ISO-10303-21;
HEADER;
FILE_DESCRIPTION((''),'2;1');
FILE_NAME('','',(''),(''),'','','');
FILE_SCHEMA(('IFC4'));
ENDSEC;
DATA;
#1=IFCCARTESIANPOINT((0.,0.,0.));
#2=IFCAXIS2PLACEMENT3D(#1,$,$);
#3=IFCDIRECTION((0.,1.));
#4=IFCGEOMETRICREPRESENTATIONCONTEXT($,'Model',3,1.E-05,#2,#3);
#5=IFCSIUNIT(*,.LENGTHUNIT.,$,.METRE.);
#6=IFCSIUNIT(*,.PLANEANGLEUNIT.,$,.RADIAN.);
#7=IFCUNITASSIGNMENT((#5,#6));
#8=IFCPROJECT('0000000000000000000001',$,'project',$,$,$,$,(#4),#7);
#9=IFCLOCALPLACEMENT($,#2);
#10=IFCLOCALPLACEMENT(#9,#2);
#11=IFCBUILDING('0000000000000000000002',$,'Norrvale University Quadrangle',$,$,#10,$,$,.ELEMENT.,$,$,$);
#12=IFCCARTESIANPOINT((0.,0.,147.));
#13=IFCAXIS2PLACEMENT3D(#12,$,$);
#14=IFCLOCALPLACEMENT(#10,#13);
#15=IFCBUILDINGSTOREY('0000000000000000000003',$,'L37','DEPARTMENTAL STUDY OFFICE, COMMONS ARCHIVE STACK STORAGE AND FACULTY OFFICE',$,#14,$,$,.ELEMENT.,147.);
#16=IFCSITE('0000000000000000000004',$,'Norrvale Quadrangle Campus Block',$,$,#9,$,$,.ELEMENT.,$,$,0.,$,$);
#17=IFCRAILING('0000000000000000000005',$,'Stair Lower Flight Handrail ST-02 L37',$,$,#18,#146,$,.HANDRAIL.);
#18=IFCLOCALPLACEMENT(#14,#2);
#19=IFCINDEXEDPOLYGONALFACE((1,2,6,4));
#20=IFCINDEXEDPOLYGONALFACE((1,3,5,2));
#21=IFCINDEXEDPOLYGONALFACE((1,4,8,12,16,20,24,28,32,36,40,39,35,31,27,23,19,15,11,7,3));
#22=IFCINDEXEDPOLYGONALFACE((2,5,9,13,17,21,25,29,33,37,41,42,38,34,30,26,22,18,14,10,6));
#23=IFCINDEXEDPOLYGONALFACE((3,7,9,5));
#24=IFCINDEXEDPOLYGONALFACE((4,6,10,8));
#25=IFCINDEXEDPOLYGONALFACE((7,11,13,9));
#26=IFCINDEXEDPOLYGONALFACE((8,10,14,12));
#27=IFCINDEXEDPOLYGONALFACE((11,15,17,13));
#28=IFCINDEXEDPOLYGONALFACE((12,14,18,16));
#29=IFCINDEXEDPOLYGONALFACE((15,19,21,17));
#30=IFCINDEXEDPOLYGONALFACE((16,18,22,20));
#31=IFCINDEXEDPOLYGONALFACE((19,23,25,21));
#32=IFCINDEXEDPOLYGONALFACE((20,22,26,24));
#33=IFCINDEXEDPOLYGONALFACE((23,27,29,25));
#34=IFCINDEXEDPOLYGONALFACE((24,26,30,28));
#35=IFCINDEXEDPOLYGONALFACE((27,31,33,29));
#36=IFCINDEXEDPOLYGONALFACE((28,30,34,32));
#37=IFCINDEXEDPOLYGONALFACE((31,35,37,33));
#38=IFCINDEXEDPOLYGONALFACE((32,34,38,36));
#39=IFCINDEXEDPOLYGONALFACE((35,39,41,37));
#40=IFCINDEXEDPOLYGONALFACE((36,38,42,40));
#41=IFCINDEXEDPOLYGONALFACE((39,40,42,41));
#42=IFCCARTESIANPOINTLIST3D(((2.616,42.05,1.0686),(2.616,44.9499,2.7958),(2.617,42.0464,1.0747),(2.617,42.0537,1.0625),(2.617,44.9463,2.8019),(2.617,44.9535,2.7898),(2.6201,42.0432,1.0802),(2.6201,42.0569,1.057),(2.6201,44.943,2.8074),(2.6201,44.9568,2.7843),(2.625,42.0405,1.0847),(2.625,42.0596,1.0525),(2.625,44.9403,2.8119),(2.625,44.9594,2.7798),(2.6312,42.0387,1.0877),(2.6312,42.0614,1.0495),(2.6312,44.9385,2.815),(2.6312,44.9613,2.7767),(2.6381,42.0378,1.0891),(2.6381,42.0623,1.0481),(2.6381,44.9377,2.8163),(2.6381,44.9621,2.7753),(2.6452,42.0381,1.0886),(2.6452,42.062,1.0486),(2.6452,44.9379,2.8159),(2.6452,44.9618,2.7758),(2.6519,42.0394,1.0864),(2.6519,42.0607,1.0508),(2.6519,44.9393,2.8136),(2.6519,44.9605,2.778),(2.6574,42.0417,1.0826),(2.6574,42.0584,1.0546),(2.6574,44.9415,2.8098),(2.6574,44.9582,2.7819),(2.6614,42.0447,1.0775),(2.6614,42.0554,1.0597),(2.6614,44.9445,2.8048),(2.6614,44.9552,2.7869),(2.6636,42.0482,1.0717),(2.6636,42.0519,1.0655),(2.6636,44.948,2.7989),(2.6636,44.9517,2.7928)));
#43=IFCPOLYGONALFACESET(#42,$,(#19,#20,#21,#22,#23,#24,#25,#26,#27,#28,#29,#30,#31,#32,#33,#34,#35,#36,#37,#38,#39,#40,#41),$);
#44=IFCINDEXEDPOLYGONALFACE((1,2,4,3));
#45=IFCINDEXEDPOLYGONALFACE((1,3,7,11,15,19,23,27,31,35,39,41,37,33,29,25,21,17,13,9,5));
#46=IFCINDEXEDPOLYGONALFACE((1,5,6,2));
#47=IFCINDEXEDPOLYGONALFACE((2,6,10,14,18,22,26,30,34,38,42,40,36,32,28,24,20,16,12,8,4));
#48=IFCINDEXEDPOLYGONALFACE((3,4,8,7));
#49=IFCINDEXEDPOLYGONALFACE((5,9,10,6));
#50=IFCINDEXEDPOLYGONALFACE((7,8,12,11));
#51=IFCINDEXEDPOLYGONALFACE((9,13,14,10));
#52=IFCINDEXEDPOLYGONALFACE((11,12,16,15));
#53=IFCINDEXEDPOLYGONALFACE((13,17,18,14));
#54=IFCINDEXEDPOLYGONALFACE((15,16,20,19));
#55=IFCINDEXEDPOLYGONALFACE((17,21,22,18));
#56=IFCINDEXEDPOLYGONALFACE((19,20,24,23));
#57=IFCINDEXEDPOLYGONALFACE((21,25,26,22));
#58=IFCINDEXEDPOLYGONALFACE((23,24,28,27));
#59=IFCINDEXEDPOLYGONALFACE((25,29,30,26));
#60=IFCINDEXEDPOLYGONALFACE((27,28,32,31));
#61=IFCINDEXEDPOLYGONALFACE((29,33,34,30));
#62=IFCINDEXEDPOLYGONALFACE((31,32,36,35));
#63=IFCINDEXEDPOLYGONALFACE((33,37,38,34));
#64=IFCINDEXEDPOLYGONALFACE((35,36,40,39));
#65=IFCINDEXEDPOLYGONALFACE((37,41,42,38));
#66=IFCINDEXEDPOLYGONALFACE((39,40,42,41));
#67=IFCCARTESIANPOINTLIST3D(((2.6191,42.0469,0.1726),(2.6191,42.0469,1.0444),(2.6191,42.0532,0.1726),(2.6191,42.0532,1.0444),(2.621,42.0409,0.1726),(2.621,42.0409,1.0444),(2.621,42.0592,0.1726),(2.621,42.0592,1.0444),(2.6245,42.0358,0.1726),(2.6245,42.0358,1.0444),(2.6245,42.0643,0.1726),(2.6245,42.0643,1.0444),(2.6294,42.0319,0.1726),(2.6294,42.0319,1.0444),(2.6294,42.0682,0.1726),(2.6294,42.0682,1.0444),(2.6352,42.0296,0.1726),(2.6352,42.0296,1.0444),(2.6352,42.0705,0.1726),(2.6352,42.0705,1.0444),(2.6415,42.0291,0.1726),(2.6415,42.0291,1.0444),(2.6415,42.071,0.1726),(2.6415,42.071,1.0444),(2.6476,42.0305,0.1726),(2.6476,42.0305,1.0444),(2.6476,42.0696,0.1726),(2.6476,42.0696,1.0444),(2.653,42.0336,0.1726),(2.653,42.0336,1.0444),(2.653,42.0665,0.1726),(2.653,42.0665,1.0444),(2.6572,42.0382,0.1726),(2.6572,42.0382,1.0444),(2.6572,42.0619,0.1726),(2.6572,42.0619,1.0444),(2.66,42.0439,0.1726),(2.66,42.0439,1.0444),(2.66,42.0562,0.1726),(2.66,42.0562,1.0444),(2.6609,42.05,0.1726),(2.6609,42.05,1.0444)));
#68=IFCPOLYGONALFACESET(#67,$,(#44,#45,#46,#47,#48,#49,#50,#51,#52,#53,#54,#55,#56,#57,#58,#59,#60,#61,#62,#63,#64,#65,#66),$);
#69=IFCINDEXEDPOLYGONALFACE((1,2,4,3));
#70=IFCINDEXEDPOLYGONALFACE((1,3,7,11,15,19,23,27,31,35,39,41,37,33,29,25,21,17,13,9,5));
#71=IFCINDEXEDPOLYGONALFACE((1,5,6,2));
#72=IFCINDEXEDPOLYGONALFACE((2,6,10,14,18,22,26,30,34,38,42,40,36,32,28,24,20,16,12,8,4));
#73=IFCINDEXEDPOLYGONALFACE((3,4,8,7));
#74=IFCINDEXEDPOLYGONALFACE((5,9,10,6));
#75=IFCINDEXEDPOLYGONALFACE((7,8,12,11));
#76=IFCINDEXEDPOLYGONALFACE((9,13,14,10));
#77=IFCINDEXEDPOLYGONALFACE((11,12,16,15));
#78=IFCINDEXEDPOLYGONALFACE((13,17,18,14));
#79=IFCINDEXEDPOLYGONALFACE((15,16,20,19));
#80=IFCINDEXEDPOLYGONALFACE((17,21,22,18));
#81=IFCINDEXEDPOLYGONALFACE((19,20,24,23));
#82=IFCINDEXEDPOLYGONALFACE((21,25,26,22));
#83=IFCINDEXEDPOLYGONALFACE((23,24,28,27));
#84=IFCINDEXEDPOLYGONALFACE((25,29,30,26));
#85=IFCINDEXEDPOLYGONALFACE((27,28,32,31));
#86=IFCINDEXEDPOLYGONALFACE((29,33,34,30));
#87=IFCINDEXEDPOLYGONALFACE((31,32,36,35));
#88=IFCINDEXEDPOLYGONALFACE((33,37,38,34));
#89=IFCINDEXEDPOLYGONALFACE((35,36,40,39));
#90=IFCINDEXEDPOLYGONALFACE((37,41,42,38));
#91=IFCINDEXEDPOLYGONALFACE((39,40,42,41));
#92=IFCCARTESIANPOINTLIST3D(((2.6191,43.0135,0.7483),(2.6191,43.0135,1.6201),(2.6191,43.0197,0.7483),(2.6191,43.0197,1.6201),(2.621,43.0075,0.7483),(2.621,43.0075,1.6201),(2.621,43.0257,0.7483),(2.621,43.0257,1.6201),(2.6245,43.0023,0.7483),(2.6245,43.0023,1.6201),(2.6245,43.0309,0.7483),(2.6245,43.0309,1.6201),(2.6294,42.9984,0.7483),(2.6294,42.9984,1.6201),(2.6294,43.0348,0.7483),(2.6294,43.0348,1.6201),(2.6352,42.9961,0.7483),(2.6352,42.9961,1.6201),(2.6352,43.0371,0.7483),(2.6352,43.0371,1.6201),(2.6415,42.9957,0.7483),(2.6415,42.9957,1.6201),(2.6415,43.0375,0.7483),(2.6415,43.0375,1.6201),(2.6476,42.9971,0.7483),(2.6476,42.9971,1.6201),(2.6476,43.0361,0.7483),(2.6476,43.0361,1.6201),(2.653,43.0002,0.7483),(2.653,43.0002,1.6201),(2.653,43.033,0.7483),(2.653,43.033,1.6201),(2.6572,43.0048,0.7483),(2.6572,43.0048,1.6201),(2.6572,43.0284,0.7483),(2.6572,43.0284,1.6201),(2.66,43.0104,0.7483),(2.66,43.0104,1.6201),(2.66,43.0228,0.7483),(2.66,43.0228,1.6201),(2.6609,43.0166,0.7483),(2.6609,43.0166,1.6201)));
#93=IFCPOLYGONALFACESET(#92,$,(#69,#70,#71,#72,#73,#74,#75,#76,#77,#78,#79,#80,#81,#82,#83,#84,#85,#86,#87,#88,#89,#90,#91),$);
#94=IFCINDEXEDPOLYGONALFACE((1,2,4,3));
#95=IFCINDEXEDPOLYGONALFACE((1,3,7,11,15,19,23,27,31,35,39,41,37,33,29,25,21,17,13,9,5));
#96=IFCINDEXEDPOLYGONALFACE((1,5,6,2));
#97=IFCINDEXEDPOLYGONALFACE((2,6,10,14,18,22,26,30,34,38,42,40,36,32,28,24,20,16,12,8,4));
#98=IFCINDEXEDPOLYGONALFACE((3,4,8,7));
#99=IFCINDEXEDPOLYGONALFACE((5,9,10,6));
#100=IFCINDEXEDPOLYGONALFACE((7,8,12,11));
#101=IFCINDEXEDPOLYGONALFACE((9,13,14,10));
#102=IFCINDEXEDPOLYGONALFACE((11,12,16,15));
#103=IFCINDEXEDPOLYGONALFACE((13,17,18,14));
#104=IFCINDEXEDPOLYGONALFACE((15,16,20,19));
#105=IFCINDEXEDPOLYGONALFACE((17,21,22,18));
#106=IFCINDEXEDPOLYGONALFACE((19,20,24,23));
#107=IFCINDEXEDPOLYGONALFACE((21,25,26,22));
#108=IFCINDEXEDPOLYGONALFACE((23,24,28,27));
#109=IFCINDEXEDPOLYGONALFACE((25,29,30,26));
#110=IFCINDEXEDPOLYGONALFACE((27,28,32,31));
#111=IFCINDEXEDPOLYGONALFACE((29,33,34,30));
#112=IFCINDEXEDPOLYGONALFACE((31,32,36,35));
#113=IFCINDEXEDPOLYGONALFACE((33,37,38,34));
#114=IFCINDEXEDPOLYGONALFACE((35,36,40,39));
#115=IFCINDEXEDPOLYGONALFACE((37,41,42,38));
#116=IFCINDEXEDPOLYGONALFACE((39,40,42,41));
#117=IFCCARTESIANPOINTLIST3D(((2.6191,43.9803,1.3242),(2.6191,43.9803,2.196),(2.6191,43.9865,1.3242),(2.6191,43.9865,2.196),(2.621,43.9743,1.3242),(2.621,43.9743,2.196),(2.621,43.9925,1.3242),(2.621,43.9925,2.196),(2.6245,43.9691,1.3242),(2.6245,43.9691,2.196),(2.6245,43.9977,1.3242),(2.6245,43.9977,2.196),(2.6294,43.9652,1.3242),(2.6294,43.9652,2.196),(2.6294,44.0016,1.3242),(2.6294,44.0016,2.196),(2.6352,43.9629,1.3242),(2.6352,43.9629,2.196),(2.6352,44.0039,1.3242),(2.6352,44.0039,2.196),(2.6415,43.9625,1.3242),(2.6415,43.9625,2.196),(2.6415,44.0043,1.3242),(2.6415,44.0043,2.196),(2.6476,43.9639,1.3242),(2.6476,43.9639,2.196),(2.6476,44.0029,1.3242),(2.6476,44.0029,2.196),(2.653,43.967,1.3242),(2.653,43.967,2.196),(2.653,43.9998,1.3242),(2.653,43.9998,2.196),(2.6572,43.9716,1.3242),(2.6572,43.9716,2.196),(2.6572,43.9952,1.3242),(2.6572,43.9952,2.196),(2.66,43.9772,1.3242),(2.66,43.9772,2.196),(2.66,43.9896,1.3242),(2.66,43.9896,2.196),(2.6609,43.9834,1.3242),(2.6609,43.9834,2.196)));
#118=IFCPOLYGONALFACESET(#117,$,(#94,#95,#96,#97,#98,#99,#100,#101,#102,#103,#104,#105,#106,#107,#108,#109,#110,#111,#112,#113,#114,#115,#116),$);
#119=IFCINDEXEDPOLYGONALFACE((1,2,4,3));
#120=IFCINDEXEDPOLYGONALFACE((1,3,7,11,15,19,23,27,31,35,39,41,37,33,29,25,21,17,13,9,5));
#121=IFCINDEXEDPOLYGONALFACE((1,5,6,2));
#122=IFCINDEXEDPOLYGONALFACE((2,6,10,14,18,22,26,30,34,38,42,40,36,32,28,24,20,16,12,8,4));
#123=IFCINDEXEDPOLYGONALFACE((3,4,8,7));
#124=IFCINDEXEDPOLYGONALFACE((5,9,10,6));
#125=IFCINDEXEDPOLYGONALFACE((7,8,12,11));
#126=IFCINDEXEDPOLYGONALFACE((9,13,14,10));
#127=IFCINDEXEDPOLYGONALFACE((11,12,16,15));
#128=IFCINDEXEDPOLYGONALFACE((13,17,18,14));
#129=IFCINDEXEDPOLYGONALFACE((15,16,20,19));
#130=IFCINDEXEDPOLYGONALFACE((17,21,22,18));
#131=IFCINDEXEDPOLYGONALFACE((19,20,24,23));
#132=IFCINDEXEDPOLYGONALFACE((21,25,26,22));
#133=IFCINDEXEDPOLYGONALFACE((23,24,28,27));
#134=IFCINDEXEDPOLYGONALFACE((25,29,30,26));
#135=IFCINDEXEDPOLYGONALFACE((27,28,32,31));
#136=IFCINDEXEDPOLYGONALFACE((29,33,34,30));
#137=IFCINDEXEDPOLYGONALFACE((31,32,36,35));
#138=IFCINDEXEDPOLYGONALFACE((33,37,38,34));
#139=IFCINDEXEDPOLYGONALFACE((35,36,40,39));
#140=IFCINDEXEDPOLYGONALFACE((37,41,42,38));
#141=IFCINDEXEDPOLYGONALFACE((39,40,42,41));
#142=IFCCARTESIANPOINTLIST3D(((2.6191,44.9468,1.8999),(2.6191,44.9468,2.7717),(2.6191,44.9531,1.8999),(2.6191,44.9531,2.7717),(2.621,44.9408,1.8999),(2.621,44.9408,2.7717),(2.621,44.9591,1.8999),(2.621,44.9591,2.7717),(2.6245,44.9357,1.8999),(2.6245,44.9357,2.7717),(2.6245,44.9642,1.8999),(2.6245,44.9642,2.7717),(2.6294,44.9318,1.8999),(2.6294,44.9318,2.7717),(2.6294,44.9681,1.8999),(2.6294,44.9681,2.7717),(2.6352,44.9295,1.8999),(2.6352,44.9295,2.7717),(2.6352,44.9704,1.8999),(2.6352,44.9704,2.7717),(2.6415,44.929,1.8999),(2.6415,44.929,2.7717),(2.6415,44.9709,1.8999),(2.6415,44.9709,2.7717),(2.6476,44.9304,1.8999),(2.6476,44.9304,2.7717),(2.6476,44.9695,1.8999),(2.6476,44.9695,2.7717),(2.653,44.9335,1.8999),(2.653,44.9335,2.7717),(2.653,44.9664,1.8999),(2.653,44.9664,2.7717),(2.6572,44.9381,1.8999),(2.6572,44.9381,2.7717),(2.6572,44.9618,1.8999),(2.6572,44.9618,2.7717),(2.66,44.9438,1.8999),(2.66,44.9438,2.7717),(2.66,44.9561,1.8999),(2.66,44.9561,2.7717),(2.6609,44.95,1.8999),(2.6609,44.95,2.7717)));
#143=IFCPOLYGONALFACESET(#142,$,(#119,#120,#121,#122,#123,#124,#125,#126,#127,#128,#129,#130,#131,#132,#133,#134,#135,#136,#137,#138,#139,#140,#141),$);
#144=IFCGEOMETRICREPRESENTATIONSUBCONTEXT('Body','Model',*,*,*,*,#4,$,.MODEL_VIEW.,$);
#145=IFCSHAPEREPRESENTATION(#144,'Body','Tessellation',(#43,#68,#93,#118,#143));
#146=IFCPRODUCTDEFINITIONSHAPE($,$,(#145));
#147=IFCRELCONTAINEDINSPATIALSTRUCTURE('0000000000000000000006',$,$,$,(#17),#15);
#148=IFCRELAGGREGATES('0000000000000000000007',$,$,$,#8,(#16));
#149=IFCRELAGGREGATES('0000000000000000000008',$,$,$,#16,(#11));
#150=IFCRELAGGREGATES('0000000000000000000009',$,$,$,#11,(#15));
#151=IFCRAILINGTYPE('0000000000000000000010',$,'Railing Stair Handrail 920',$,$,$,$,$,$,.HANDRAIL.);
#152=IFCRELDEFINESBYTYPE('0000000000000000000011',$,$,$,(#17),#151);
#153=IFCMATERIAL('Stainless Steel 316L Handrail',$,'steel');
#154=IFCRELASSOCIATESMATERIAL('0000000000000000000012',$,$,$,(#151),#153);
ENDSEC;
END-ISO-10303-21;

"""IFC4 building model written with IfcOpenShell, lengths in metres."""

from ifc_helpers import new_model, si_unit, direction, frame, origin, origin_2d, place, context, subcontext, project, spatial, circle, extrude, material, type_object, element, save


model = new_model("IFC4")

# Units and contexts
model_context = context("Model", 3, precision=1e-05, world=origin(), true_north=direction((0.0, 1.0)))
body_context = subcontext(model_context, "Body", "Model", "MODEL_VIEW")
ifc_project = project(units=[si_unit("LENGTHUNIT", "METRE"), si_unit("PLANEANGLEUNIT", "RADIAN")], contexts=[model_context])

# Site, building, storey
site_placement = place(None, origin())
site = spatial("IfcSite", under=ifc_project, at=site_placement, Name="Norrvale Quadrangle Campus Block", CompositionType="ELEMENT", RefElevation=0.0)
building_placement = place(site_placement, origin())
building = spatial("IfcBuilding", under=site, at=building_placement, Name="Norrvale University Quadrangle", CompositionType="ELEMENT")
storey_placement = place(building_placement, frame((0.0, 0.0, 147.0)))
storey = spatial("IfcBuildingStorey", under=building, at=storey_placement, Name="L37", Description="DEPARTMENTAL STUDY OFFICE, COMMONS ARCHIVE STACK STORAGE AND FACULTY OFFICE", CompositionType="ELEMENT", Elevation=147.0)

# Railing
ifc_material_1 = material(Name="Stainless Steel 316L Handrail", Category="steel")
railing_type_1 = type_object("IfcRailingType", Name="Railing Stair Handrail 920", PredefinedType="HANDRAIL", material=ifc_material_1)
railing_1_placement = place(storey_placement, frame((2.6399, 42.05, 0.1726)))
element("IfcRailing", 1, at=railing_1_placement, inside=storey, type_object=railing_type_1, Name="Stair Lower Flight Handrail ST-02 L37", PredefinedType="HANDRAIL", context=body_context, shape_type="SweptSolid", body=[
    extrude(circle(Radius=0.0239, at=origin_2d()), frame((0.0, 0.0, 0.896), z_axis=(0.0, 0.859141, 0.511738), x_axis=(-1.0, 0.0, 0.0)), (0.0, 0.0, 1.0), 3.3752),
    extrude(circle(Radius=0.021, at=origin_2d()), origin(), (0.0, 0.0, 1.0), 0.8718),
    extrude(circle(Radius=0.021, at=origin_2d()), frame((0.0, 0.9666, 0.5757)), (0.0, 0.0, 1.0), 0.8718),
    extrude(circle(Radius=0.021, at=origin_2d()), frame((0.0, 1.9333, 1.1516)), (0.0, 0.0, 1.0), 0.8718),
    extrude(circle(Radius=0.021, at=origin_2d()), frame((0.0, 2.8999, 1.7273)), (0.0, 0.0, 1.0), 0.8718),
])

save(model, "model.ifc")
